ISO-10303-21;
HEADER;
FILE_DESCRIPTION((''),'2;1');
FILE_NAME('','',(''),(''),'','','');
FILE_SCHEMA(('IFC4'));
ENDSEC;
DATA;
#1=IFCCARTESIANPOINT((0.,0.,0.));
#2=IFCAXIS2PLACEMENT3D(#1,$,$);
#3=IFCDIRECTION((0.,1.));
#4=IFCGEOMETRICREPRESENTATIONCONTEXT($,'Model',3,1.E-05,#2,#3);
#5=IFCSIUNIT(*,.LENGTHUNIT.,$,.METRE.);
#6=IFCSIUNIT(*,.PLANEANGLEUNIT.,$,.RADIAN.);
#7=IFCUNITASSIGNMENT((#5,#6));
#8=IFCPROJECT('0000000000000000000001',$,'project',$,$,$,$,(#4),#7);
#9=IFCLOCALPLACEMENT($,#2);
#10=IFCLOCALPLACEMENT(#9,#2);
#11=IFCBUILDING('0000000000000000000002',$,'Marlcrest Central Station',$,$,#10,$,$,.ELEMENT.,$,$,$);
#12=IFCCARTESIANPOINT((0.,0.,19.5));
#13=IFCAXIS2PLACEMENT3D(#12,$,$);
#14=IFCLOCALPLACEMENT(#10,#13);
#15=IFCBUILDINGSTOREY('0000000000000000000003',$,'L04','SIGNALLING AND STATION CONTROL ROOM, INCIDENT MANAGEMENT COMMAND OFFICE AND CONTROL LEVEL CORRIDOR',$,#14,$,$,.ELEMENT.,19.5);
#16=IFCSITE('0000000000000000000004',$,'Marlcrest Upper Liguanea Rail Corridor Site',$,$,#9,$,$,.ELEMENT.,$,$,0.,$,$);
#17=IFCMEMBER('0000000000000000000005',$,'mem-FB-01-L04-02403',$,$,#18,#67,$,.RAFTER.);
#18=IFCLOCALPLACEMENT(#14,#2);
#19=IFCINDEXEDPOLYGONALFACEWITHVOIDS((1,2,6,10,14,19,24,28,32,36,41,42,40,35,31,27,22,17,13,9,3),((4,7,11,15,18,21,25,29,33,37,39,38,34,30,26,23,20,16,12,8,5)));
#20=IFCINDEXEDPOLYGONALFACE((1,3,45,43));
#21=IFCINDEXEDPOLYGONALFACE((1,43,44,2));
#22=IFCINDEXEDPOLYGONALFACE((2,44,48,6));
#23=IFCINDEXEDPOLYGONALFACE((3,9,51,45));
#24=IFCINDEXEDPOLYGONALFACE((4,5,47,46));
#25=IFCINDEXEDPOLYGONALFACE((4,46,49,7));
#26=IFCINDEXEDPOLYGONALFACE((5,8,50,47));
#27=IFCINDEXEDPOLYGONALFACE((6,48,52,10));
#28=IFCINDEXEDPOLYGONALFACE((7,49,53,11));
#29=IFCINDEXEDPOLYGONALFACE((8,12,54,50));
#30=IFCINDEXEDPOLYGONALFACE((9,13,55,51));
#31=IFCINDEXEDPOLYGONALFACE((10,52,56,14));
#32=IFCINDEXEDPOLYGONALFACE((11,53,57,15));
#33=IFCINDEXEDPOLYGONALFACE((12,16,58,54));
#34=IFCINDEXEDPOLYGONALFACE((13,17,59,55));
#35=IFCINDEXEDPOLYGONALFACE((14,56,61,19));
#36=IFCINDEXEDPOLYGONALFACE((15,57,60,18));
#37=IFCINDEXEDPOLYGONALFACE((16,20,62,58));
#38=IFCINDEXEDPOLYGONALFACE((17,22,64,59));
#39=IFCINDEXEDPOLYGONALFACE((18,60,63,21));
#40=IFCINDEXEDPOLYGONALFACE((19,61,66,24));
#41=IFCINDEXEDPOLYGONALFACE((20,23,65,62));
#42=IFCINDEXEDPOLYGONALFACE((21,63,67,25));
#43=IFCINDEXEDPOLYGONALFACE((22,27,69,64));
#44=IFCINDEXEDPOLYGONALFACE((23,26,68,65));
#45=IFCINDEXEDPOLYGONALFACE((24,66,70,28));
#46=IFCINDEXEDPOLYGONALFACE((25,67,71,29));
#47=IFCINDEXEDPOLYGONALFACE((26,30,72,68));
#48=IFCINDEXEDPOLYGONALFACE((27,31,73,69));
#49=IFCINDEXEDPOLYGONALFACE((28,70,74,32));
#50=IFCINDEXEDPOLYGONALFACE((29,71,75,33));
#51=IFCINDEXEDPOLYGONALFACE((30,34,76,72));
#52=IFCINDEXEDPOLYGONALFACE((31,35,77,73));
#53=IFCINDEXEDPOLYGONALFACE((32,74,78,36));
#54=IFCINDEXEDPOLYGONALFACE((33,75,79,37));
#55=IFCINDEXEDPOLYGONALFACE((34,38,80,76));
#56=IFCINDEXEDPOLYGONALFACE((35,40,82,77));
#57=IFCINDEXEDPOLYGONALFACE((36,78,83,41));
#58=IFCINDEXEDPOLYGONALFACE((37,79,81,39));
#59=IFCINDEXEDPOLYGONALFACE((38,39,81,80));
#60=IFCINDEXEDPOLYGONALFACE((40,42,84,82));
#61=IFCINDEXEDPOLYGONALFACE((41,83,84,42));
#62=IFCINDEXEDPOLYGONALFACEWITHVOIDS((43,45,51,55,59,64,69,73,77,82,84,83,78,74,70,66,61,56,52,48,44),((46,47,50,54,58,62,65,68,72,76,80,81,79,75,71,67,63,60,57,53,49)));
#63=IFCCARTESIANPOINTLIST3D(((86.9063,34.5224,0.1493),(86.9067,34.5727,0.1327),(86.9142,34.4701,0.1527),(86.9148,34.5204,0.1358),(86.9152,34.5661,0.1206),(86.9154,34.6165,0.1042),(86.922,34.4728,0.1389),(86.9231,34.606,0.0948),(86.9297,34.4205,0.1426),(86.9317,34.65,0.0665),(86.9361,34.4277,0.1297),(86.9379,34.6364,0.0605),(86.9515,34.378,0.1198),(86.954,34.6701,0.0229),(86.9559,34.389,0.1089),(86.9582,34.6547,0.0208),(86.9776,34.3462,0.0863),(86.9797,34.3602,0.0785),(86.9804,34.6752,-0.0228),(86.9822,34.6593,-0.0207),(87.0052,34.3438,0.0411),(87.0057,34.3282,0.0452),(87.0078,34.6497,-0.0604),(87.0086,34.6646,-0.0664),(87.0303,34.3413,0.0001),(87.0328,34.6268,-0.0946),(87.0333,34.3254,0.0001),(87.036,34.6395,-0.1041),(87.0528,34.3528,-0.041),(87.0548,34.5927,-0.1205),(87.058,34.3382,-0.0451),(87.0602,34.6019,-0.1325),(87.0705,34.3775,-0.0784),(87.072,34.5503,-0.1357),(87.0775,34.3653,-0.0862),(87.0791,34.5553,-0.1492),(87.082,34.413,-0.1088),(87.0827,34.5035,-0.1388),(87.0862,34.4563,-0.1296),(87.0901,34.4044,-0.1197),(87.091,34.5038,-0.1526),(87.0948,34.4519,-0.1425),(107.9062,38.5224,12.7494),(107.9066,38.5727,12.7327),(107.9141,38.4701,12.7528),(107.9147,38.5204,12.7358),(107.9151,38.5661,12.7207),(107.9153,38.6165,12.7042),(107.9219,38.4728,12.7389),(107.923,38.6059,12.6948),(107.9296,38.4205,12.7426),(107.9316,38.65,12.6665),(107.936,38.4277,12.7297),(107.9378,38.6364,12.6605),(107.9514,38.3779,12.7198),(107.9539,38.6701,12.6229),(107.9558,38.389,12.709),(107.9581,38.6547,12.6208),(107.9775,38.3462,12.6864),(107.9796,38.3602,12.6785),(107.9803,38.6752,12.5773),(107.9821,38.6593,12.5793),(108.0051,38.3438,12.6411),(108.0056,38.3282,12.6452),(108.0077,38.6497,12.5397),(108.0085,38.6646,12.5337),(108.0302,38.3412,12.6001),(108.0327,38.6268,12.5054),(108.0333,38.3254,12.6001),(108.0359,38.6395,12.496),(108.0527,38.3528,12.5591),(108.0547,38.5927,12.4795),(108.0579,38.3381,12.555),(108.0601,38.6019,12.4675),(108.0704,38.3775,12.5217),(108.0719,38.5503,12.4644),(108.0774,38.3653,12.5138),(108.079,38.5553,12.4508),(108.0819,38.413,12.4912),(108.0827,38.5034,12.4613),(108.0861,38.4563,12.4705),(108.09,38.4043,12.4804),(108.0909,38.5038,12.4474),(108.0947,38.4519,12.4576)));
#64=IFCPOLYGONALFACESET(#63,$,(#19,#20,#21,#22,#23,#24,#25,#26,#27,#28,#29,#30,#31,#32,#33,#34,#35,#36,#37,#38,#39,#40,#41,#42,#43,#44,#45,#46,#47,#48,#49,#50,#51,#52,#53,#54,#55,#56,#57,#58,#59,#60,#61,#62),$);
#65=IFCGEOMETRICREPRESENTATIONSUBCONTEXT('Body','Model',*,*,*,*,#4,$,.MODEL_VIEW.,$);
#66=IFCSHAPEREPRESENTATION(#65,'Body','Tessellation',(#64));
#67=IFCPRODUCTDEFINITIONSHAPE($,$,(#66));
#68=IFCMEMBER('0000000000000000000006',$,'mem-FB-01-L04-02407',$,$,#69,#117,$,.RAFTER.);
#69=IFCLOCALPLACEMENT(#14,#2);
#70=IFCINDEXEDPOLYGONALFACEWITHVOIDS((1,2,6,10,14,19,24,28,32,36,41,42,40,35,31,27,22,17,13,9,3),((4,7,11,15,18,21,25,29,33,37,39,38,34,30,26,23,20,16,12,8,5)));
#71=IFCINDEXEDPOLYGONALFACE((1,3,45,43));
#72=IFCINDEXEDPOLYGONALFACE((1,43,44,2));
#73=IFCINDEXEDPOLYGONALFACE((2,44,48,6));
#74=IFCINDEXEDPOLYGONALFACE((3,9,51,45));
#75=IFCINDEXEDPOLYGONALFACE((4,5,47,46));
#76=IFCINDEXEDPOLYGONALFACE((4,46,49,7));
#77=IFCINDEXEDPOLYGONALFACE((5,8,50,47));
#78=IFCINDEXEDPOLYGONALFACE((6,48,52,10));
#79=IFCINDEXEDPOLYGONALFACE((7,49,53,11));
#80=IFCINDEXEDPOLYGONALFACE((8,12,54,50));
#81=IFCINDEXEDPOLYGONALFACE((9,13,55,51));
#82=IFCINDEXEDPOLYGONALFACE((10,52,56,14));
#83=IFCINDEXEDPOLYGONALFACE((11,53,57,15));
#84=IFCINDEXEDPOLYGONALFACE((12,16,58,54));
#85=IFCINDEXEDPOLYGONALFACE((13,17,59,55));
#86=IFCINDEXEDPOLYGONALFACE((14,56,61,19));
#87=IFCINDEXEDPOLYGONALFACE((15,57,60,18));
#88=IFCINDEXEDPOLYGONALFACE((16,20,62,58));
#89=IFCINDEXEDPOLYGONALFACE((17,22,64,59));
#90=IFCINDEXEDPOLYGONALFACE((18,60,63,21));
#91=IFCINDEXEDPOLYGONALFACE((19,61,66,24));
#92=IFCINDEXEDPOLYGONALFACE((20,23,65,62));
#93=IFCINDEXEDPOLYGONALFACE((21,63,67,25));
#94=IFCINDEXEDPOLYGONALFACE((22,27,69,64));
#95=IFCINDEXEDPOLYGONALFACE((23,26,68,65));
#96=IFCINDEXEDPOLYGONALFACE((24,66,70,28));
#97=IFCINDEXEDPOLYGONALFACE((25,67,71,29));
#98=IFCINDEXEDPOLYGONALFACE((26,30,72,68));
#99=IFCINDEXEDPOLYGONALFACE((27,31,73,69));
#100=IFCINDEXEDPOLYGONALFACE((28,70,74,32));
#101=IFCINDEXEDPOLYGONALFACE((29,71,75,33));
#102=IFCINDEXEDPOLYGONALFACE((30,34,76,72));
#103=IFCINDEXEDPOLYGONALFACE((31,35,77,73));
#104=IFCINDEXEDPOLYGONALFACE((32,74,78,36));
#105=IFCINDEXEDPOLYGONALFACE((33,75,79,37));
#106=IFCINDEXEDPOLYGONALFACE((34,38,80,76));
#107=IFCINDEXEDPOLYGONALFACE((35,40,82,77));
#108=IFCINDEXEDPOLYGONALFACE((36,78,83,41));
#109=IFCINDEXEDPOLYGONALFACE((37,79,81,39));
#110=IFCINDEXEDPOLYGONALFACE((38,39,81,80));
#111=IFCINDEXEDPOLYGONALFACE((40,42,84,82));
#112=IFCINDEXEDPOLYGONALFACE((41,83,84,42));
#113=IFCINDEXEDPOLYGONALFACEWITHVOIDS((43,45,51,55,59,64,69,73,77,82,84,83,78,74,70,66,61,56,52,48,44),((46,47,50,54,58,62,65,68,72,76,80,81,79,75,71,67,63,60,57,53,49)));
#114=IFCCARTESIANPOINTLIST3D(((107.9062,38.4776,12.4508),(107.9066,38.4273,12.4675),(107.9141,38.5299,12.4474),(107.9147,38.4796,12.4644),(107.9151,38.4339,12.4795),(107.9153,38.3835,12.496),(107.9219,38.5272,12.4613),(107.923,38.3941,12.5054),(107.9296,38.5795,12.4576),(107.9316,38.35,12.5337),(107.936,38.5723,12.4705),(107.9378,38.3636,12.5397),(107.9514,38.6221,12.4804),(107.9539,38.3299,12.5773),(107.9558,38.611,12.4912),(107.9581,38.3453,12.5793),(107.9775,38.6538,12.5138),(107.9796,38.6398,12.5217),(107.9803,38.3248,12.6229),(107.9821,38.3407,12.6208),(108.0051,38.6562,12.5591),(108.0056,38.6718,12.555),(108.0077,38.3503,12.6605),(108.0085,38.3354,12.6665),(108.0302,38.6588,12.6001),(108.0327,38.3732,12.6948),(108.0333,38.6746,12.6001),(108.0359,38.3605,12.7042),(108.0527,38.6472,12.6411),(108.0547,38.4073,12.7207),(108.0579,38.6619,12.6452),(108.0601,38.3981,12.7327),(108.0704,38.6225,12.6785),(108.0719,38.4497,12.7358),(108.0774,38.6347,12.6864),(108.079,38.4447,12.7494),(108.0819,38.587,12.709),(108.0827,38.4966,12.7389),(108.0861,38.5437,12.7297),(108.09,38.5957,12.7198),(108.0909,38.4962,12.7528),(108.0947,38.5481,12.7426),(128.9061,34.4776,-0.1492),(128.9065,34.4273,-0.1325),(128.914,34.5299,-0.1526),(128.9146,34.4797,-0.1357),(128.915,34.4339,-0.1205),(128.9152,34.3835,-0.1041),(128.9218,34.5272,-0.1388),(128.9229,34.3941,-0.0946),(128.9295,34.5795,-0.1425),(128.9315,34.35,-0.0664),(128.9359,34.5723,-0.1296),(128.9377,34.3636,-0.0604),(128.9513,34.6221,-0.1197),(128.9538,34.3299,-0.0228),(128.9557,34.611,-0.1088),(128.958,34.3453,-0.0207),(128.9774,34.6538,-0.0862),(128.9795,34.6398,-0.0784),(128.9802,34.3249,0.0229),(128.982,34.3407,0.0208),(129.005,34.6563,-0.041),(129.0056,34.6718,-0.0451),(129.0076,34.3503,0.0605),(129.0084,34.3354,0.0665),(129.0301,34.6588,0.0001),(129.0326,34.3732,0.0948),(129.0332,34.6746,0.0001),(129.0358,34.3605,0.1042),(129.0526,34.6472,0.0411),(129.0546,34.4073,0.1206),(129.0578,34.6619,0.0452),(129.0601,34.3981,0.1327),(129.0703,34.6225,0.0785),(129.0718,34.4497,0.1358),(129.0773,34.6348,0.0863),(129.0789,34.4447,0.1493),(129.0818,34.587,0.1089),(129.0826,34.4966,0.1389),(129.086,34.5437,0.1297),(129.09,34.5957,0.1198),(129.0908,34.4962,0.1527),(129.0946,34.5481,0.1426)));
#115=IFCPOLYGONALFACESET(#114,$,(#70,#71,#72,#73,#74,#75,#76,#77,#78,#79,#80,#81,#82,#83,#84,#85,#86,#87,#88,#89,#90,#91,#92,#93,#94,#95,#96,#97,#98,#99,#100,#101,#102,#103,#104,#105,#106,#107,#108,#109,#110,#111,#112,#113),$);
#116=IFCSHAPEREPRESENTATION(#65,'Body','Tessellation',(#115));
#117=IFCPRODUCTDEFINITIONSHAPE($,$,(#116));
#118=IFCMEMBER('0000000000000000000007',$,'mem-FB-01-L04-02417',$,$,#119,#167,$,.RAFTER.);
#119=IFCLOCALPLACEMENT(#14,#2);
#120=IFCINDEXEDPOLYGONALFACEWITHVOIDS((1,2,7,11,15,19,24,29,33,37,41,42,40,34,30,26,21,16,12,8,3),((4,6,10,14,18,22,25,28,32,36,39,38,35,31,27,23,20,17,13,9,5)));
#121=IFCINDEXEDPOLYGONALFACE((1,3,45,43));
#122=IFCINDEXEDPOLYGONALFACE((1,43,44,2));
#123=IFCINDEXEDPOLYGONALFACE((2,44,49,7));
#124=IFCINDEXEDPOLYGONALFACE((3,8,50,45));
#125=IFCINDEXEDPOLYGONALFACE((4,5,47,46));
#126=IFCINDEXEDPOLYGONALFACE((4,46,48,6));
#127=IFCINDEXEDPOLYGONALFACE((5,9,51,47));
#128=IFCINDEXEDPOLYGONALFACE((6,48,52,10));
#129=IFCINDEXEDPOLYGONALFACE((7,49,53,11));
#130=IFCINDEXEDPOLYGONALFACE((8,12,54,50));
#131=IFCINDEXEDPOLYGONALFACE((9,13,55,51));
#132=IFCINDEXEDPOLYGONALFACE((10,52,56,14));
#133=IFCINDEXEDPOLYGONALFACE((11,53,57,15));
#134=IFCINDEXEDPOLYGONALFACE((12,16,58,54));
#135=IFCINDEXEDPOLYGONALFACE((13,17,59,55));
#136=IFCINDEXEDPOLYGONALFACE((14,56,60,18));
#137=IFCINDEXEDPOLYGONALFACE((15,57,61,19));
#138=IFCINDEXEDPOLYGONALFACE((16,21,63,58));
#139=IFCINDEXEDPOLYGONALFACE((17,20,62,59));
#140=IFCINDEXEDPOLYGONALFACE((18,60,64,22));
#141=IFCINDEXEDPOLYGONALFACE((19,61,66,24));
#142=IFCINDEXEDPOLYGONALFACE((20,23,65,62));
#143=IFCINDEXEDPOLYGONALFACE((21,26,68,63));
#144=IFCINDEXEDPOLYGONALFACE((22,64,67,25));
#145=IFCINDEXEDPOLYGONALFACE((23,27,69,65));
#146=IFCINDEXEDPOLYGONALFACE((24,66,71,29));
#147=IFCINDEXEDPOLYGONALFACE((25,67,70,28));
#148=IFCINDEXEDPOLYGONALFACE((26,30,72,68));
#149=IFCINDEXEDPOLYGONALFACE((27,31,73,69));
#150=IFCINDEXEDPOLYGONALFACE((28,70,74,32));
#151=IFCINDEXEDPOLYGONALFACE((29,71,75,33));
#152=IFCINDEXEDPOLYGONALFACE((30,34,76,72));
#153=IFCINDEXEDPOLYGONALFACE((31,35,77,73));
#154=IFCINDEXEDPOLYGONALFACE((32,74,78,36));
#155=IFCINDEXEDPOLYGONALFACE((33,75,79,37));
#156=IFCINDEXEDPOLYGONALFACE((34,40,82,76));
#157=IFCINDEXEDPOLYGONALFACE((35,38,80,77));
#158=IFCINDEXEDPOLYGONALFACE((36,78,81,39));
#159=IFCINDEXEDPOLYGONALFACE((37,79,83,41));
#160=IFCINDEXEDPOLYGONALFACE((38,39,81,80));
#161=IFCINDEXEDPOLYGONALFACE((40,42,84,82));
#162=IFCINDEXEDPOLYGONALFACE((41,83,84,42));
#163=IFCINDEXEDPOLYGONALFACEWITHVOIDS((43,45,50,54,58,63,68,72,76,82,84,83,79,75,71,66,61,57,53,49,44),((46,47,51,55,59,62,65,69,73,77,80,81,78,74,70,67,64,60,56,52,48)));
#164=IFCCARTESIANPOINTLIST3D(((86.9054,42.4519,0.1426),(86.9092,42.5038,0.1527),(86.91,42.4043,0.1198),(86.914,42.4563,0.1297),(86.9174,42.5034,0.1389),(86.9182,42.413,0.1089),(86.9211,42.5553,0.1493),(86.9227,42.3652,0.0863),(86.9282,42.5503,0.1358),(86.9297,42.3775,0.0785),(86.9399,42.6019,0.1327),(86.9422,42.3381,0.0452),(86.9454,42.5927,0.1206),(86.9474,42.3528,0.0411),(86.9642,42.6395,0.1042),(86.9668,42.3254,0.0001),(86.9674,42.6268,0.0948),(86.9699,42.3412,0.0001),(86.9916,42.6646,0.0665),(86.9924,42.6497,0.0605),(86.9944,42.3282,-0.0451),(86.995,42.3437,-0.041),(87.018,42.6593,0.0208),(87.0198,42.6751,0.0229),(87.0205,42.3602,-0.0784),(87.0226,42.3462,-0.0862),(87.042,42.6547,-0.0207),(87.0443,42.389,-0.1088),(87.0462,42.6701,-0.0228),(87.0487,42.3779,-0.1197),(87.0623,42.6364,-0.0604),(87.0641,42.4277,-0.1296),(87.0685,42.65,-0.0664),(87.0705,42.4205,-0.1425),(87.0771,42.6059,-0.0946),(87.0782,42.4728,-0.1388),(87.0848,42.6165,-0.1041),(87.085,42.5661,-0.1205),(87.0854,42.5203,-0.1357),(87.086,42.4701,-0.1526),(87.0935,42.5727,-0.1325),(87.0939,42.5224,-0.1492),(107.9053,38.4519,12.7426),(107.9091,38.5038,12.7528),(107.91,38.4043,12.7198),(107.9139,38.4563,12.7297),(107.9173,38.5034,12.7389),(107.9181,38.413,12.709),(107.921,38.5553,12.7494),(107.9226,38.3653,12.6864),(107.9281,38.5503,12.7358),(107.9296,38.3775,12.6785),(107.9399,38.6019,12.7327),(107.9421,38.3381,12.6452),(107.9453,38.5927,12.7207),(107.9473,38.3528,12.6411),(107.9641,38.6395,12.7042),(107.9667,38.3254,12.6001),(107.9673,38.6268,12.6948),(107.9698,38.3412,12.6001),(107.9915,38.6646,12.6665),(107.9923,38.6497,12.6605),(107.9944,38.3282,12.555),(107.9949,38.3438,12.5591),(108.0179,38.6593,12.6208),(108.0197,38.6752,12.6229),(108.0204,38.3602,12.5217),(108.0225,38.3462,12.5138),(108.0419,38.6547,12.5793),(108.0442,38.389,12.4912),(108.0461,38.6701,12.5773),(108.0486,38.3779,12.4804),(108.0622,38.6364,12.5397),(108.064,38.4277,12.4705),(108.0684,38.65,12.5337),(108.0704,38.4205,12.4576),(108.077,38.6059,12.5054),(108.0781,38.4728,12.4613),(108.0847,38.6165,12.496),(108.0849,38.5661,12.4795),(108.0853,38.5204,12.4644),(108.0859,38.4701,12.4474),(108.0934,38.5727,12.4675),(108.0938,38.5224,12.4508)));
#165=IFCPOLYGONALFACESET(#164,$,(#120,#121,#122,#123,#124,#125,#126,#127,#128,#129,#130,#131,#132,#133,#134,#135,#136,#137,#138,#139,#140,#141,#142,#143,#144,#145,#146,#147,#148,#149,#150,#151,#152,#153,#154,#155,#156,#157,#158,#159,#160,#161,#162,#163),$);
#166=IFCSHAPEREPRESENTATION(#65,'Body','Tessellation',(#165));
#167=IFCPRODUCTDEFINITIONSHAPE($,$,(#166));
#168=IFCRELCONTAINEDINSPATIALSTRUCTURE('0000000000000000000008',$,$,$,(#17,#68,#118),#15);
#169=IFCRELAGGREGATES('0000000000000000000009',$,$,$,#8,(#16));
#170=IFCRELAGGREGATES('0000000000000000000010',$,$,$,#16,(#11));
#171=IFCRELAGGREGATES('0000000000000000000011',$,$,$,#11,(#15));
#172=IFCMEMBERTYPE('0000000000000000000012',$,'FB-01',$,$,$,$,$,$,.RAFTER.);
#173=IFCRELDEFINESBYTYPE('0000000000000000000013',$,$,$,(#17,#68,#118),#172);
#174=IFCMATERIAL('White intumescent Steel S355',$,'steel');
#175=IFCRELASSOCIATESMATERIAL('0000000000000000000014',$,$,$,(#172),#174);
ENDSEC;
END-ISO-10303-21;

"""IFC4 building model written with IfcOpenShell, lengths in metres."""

from ifc_helpers import new_model, si_unit, direction, frame, origin, origin_2d, place, context, subcontext, project, spatial, hollow_circle, extrude, material, material_profile, profile_set, type_object, element, save


model = new_model("IFC4")

# Units and contexts
model_context = context("Model", 3, precision=1e-05, world=origin(), true_north=direction((0.0, 1.0)))
body_context = subcontext(model_context, "Body", "Model", "MODEL_VIEW")
ifc_project = project(units=[si_unit("LENGTHUNIT", "METRE"), si_unit("PLANEANGLEUNIT", "RADIAN")], contexts=[model_context])

# Site, building, storey
site_placement = place(None, origin())
site = spatial("IfcSite", under=ifc_project, at=site_placement, Name="Marlcrest Upper Liguanea Rail Corridor Site", CompositionType="ELEMENT", RefElevation=0.0)
building_placement = place(site_placement, origin())
building = spatial("IfcBuilding", under=site, at=building_placement, Name="Marlcrest Central Station", CompositionType="ELEMENT")
storey_placement = place(building_placement, frame((0.0, 0.0, 19.5)))
storey = spatial("IfcBuildingStorey", under=building, at=storey_placement, Name="L04", Description="SIGNALLING AND STATION CONTROL ROOM, INCIDENT MANAGEMENT COMMAND OFFICE AND CONTROL LEVEL CORRIDOR", CompositionType="ELEMENT", Elevation=19.5)

# Members
ifc_material_1 = material(Name="White intumescent Steel S355", Category="steel")
ifc_material_profile_1 = material_profile(ifc_material_1, hollow_circle(Radius=0.1777, WallThickness=0.0161, at=origin_2d()), Name="CHS 355.6x16")
ifc_profile_set_1 = profile_set([ifc_material_profile_1], Name="White intumescent Steel S355")
member_type_1 = type_object("IfcMemberType", Name="FB-01", PredefinedType="RAFTER", material=ifc_profile_set_1)
for number, where, z_axis, x_axis, name in (
    (1, (108.0, 38.5, 12.6001), (-0.846277, -0.161196, -0.50777), (0.187112, -0.982339, 0.0), "mem-FB-01-L04-02403"),
    (2, (108.0, 38.5, 12.6001), (0.846277, -0.161196, -0.50777), (0.187112, 0.982339, 0.0), "mem-FB-01-L04-02407"),
    (3, (108.0, 38.5, 12.6001), (-0.846277, 0.161196, -0.50777), (-0.187112, -0.982339, 0.0), "mem-FB-01-L04-02417"),
):
    element("IfcMember", number, at=place(storey_placement, frame(where, z_axis=z_axis, x_axis=x_axis)), inside=storey, type_object=member_type_1, Name=name, PredefinedType="RAFTER", context=body_context, shape_type="SweptSolid", body=[
        extrude(hollow_circle(Radius=0.1777, WallThickness=0.0161, at=origin_2d()), origin(), (0.0, 0.0, 1.0), 24.8145),
    ])

save(model, "model.ifc")
